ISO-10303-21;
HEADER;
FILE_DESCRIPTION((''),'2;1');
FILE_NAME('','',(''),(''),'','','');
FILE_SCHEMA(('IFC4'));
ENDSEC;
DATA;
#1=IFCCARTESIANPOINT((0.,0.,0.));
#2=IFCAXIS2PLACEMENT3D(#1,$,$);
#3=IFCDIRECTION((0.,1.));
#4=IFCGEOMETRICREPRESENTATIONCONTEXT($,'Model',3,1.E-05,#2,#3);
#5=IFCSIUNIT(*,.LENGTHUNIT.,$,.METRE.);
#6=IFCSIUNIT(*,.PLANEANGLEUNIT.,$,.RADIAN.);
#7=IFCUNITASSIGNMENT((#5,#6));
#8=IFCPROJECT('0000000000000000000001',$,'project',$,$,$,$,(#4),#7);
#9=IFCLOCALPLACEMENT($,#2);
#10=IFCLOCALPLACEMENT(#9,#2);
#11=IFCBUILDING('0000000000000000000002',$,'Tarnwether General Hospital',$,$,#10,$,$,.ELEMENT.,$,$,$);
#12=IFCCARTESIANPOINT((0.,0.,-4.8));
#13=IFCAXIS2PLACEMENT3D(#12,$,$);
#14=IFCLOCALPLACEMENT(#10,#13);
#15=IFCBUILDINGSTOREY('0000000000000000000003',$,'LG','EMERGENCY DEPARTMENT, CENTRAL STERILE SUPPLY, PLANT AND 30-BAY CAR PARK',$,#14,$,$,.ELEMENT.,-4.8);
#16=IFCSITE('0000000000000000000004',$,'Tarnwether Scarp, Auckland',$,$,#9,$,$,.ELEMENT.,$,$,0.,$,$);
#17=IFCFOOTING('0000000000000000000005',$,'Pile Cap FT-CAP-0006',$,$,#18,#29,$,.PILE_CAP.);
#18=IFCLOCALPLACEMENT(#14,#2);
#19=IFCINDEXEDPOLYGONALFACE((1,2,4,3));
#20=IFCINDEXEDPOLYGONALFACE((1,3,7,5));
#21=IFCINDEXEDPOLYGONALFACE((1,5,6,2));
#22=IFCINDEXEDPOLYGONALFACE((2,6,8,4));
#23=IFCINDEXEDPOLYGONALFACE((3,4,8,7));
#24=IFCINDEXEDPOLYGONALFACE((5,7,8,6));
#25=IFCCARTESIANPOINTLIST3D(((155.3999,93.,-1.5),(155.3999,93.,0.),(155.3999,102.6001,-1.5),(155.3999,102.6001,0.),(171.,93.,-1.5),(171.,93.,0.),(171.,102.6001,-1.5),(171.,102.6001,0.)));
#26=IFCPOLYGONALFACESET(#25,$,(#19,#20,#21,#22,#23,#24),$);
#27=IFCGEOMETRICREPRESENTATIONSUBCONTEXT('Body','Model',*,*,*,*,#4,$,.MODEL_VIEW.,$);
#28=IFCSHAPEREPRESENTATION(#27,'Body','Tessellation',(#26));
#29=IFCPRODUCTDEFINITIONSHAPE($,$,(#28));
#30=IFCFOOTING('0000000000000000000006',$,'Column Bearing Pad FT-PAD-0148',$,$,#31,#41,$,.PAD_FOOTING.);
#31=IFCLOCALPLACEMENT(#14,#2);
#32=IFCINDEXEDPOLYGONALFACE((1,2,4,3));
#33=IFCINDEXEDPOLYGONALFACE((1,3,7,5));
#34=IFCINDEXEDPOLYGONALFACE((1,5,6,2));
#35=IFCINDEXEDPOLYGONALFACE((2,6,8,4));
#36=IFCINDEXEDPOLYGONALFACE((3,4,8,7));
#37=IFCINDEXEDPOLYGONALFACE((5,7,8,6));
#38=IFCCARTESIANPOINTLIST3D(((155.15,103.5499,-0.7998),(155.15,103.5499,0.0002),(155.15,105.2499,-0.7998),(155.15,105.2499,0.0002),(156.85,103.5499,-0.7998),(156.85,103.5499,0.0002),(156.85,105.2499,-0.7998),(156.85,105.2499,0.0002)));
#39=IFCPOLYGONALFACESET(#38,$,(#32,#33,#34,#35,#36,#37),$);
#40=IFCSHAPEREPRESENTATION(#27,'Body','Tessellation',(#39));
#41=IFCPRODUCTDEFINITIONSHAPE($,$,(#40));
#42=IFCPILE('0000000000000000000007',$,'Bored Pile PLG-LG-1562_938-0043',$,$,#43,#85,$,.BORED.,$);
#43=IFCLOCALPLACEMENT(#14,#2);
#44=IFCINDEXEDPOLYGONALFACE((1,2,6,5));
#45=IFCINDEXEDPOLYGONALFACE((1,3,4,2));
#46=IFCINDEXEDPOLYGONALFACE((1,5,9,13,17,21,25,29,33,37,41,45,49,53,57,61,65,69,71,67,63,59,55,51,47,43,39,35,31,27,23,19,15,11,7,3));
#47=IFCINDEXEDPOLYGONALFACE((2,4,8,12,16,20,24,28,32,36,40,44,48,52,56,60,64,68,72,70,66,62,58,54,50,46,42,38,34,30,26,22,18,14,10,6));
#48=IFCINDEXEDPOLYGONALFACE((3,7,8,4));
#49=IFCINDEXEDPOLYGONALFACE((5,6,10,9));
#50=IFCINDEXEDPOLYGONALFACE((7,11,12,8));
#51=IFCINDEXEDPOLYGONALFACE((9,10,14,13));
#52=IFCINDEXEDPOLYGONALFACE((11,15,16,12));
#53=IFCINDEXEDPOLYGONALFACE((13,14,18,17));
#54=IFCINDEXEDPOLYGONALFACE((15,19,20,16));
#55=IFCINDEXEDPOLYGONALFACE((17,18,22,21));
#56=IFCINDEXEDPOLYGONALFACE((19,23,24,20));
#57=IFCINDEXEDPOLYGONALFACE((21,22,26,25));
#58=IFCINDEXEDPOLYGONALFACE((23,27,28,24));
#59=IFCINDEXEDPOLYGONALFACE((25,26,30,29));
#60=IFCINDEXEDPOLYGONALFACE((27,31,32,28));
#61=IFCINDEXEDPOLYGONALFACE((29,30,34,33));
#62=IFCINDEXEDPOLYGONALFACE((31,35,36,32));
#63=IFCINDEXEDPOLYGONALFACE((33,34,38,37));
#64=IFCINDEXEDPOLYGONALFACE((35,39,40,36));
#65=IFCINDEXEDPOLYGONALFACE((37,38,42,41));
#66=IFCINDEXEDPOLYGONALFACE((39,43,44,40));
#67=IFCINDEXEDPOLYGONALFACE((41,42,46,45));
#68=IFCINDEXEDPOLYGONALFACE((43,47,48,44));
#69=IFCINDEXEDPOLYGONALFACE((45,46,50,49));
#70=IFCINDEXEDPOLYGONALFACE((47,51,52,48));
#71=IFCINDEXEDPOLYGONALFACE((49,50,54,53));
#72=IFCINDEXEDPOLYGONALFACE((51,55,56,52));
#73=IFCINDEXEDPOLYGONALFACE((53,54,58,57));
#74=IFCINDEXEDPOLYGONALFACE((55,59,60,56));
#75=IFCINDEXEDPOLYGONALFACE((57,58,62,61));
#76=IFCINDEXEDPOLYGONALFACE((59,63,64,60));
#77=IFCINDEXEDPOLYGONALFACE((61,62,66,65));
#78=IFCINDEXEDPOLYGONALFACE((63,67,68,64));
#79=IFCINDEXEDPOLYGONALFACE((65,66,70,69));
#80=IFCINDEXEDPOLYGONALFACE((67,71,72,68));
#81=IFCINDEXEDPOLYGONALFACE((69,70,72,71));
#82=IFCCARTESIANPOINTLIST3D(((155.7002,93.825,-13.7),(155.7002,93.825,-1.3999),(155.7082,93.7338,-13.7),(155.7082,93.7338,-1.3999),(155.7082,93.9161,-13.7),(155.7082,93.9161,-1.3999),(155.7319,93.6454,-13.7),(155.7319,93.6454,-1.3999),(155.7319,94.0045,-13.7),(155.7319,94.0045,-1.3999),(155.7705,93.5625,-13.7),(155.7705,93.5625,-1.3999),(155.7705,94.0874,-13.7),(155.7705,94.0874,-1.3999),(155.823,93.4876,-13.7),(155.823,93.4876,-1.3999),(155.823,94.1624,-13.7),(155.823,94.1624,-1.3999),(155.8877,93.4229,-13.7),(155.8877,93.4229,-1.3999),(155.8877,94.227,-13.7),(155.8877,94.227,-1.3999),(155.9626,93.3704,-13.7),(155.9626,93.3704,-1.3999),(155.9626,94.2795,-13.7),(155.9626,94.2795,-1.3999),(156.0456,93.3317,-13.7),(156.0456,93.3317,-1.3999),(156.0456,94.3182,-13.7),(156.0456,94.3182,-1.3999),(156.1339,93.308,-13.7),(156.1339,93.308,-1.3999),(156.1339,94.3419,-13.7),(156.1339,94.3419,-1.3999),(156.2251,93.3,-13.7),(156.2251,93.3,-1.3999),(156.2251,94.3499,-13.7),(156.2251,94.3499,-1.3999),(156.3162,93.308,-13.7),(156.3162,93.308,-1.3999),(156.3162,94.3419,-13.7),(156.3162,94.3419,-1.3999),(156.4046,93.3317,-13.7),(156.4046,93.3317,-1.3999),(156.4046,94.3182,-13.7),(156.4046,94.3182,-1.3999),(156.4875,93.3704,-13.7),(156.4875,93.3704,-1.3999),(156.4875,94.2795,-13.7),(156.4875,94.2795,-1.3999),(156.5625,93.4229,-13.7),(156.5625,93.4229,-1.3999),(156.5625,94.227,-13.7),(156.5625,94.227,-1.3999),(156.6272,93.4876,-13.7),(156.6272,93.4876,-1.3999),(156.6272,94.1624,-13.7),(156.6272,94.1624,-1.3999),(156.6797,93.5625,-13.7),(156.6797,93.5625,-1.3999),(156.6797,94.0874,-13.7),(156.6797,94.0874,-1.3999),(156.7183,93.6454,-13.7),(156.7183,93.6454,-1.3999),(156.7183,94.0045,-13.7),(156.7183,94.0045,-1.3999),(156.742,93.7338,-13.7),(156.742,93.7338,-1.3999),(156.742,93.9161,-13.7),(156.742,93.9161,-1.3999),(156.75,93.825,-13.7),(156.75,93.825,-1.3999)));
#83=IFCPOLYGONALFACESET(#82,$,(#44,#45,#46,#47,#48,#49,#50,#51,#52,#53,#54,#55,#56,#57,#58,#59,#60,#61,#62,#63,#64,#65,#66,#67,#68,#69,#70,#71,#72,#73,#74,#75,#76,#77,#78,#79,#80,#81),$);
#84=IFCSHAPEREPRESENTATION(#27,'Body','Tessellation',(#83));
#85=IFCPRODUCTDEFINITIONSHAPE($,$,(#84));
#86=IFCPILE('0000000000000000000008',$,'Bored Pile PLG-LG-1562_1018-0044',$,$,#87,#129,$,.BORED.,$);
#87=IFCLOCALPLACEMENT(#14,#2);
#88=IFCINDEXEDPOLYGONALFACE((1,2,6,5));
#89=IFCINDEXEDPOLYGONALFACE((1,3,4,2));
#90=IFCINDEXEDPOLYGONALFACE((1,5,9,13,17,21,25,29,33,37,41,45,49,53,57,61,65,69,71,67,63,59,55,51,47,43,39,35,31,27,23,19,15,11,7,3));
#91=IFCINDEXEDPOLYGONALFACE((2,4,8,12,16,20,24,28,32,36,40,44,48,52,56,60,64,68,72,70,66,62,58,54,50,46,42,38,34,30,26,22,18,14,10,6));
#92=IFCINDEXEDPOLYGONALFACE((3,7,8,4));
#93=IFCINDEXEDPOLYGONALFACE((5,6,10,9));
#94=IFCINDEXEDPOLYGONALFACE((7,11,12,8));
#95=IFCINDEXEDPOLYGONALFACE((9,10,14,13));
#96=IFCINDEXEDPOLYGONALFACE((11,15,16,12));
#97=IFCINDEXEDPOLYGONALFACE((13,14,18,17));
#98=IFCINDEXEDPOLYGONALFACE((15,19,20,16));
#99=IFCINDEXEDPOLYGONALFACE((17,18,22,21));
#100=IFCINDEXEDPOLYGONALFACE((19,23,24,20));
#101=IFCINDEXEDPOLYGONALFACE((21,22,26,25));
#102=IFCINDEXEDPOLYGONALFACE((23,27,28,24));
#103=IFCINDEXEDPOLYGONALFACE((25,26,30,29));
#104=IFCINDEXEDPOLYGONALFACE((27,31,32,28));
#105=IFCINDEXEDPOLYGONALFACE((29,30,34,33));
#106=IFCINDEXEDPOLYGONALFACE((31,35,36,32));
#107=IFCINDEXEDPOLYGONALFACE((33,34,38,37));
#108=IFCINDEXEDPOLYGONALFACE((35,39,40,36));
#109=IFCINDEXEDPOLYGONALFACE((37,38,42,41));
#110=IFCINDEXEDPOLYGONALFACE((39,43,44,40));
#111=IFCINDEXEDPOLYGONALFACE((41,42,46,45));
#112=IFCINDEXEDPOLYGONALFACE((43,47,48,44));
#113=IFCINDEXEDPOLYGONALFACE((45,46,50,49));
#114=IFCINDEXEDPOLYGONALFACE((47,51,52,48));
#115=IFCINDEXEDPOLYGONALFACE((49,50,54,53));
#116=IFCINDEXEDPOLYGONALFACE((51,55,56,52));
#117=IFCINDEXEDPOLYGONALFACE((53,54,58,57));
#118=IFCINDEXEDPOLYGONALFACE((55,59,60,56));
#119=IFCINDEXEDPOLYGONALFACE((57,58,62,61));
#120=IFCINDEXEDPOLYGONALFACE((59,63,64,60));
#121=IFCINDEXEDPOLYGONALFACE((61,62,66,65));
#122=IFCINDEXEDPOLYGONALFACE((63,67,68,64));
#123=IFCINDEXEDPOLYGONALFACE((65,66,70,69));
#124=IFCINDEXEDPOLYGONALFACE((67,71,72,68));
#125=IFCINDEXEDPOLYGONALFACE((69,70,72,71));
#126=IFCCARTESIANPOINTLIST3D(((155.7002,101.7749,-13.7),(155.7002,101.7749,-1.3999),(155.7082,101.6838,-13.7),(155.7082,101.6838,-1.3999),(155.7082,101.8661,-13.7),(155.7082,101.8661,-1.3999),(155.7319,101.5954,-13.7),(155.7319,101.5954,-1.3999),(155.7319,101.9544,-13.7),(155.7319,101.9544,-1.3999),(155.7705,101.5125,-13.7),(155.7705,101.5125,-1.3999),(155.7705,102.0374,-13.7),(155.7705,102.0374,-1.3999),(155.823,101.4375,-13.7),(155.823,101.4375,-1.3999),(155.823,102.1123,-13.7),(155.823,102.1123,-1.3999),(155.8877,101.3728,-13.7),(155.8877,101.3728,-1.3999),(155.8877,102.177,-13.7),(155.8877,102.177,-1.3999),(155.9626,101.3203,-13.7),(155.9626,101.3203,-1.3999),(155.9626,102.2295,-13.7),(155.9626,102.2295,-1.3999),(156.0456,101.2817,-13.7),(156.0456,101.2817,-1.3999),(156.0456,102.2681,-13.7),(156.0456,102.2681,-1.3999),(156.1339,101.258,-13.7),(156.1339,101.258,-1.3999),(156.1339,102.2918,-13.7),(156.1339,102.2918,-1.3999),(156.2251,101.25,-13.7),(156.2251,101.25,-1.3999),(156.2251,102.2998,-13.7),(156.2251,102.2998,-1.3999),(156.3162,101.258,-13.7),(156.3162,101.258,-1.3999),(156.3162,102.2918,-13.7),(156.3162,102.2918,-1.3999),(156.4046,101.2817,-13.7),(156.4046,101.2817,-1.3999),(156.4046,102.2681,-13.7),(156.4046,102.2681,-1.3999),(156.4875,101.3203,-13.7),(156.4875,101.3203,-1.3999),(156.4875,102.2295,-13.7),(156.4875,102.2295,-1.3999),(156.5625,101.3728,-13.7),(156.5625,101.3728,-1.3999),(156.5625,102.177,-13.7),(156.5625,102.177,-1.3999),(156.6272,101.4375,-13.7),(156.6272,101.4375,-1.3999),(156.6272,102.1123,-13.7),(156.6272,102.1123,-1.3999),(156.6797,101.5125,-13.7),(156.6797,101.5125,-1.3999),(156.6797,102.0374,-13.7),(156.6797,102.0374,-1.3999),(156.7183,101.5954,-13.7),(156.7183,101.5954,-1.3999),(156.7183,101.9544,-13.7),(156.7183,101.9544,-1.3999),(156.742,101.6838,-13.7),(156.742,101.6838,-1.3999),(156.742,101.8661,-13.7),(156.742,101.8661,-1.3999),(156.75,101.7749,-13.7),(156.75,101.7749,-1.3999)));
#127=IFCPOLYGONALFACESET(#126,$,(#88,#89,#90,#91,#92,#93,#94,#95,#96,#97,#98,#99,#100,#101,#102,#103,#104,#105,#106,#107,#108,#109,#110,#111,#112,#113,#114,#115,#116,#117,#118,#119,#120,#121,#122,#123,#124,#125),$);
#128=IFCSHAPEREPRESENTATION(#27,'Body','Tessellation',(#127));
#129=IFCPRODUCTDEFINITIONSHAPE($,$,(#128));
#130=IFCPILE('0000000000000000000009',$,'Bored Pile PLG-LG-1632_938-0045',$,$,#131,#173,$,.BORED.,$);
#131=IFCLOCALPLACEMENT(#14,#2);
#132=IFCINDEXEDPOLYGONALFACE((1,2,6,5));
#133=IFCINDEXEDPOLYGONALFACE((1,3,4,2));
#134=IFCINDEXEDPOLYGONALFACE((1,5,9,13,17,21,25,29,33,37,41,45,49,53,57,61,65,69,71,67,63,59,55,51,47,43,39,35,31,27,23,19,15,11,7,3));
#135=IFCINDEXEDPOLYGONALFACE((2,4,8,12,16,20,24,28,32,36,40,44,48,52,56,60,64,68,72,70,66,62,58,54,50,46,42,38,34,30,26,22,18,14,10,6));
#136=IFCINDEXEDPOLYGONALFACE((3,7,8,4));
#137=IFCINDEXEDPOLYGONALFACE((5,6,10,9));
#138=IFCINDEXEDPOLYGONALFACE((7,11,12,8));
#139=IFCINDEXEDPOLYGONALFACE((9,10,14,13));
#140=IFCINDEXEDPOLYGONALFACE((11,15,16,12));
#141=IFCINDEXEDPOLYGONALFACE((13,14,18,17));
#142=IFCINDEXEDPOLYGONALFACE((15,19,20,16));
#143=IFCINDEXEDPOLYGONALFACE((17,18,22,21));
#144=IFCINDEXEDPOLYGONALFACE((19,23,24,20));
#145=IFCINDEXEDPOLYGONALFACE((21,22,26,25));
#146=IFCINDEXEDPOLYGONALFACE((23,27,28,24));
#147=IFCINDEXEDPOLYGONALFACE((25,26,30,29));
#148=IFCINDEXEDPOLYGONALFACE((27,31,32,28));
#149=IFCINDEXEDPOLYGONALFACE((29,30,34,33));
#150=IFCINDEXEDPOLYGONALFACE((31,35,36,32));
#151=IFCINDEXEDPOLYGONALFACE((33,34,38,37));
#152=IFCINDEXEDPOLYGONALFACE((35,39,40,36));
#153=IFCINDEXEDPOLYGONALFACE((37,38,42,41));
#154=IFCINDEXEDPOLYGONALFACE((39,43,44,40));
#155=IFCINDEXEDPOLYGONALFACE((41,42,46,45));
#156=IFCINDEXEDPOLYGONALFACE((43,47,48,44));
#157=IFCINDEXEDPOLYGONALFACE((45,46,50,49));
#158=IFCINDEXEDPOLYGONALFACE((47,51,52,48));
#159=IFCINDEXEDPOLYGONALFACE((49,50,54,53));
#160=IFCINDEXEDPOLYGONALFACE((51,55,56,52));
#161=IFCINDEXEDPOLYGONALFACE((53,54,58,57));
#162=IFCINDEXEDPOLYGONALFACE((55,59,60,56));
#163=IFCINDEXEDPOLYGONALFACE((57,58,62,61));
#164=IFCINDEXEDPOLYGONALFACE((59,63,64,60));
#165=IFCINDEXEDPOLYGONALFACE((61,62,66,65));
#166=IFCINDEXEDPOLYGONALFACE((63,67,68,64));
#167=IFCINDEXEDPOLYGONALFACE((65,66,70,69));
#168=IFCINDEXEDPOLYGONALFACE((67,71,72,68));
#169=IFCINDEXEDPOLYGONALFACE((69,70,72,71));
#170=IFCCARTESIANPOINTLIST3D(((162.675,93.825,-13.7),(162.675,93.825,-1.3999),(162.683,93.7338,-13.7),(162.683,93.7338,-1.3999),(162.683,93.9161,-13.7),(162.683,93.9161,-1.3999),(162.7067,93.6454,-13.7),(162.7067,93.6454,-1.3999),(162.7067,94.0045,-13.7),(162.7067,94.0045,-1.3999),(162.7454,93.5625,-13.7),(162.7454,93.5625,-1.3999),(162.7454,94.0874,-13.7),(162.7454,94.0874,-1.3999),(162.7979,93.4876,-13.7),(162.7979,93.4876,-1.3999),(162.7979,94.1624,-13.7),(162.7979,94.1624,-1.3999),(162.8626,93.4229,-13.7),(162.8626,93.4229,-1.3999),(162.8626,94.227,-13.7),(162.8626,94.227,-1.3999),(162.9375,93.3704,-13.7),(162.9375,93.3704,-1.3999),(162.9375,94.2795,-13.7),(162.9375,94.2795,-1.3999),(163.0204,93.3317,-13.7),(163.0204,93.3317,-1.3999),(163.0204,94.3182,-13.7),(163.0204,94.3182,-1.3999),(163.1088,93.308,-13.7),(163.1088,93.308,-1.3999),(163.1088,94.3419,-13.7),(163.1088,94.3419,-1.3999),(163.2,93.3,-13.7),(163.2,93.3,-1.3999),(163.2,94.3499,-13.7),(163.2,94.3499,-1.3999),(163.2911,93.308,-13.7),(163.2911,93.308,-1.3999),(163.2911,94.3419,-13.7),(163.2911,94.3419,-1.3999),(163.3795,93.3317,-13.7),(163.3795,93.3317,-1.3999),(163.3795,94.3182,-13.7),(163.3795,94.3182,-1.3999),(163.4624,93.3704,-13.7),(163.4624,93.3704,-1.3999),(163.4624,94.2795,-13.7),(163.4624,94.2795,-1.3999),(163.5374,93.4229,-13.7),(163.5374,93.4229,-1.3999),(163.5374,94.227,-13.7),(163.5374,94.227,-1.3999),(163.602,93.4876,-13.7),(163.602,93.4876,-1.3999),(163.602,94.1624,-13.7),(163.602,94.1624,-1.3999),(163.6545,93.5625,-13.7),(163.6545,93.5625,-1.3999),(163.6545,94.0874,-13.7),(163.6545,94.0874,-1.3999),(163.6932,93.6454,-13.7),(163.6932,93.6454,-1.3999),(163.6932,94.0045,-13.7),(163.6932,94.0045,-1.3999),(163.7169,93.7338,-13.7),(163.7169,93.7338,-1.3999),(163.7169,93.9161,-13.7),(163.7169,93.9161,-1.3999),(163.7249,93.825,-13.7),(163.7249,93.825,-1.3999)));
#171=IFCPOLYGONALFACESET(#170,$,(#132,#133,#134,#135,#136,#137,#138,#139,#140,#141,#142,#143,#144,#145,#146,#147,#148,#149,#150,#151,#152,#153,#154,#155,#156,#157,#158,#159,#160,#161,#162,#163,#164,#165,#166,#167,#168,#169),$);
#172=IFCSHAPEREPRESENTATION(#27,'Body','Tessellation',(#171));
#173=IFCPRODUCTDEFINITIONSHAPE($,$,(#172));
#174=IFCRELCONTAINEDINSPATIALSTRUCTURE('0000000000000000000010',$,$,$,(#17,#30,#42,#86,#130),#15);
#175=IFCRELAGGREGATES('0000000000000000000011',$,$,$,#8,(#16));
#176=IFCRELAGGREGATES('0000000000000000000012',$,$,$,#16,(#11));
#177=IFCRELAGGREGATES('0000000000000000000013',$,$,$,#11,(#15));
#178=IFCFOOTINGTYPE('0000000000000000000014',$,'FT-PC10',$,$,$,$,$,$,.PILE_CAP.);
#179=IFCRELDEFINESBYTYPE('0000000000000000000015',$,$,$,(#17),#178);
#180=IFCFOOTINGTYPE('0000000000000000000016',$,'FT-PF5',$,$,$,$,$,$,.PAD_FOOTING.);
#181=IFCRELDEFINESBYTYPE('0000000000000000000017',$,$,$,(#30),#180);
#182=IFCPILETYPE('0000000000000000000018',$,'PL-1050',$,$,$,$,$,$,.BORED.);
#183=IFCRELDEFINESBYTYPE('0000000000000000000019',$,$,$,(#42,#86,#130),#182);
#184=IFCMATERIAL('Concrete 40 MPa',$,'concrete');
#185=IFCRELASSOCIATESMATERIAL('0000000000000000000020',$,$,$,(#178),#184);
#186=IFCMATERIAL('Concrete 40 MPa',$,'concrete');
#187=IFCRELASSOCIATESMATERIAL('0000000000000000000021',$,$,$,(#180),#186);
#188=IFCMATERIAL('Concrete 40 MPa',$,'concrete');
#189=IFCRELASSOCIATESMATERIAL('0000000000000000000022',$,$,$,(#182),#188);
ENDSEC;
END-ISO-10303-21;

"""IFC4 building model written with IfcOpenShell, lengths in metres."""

from ifc_helpers import new_model, si_unit, direction, frame, origin, origin_2d, place, context, subcontext, project, spatial, rectangle, circle, extrude, material, material_profile, profile_set, type_object, element, save


model = new_model("IFC4")

# Units and contexts
model_context = context("Model", 3, precision=1e-05, world=origin(), true_north=direction((0.0, 1.0)))
body_context = subcontext(model_context, "Body", "Model", "MODEL_VIEW")
ifc_project = project(units=[si_unit("LENGTHUNIT", "METRE"), si_unit("PLANEANGLEUNIT", "RADIAN")], contexts=[model_context])

# Site, building, storey
site_placement = place(None, origin())
site = spatial("IfcSite", under=ifc_project, at=site_placement, Name="Tarnwether Scarp, Auckland", CompositionType="ELEMENT", RefElevation=0.0)
building_placement = place(site_placement, origin())
building = spatial("IfcBuilding", under=site, at=building_placement, Name="Tarnwether General Hospital", CompositionType="ELEMENT")
storey_placement = place(building_placement, frame((0.0, 0.0, -4.8)))
storey = spatial("IfcBuildingStorey", under=building, at=storey_placement, Name="LG", Description="EMERGENCY DEPARTMENT, CENTRAL STERILE SUPPLY, PLANT AND 30-BAY CAR PARK", CompositionType="ELEMENT", Elevation=-4.8)

# Footings
ifc_material_1 = material(Name="Concrete 40 MPa", Category="concrete")
footing_type_1 = type_object("IfcFootingType", Name="FT-PC10", PredefinedType="PILE_CAP", material=ifc_material_1)
footing_1_placement = place(storey_placement, frame((163.2, 97.8, -1.5), z_axis=(0.0, 0.0, 1.0), x_axis=(1.0, 0.0, 0.0)))
element("IfcFooting", 1, at=footing_1_placement, inside=storey, type_object=footing_type_1, Name="Pile Cap FT-CAP-0006", PredefinedType="PILE_CAP", context=body_context, shape_type="SweptSolid", body=[
    extrude(rectangle(XDim=15.6001, YDim=9.6001, at=origin_2d()), origin(), (0.0, 0.0, 1.0), 1.5),
])
ifc_material_2 = material(Name="Concrete 40 MPa", Category="concrete")
footing_type_2 = type_object("IfcFootingType", Name="FT-PF5", PredefinedType="PAD_FOOTING", material=ifc_material_2)
footing_2_placement = place(storey_placement, frame((156.0, 104.3999, -0.7998), z_axis=(0.0, 0.0, 1.0), x_axis=(1.0, 0.0, 0.0)))
element("IfcFooting", 2, at=footing_2_placement, inside=storey, type_object=footing_type_2, Name="Column Bearing Pad FT-PAD-0148", PredefinedType="PAD_FOOTING", context=body_context, shape_type="SweptSolid", body=[
    extrude(rectangle(XDim=1.7, YDim=1.7, at=origin_2d()), origin(), (0.0, 0.0, 1.0), 0.8),
])

# Piles
ifc_material_3 = material(Name="Concrete 40 MPa", Category="concrete")
ifc_material_profile_1 = material_profile(ifc_material_3, circle(Radius=0.5249, at=origin_2d()), Name="PILE-D1050")
ifc_profile_set_1 = profile_set([ifc_material_profile_1], Name="Concrete 40 MPa")
pile_type = type_object("IfcPileType", Name="PL-1050", PredefinedType="BORED", material=ifc_profile_set_1)
for number, where, z_axis, x_axis, name in (
    (3, (156.2251, 93.825, -1.3999), (0.0, 0.0, -1.0), (1.0, 0.0, 0.0), "Bored Pile PLG-LG-1562_938-0043"),
    (4, (156.2251, 101.7749, -1.3999), (0.0, 0.0, -1.0), (1.0, 0.0, 0.0), "Bored Pile PLG-LG-1562_1018-0044"),
    (5, (163.2, 93.825, -1.3999), (0.0, 0.0, -1.0), (1.0, 0.0, 0.0), "Bored Pile PLG-LG-1632_938-0045"),
):
    element("IfcPile", number, at=place(storey_placement, frame(where, z_axis=z_axis, x_axis=x_axis)), inside=storey, type_object=pile_type, Name=name, PredefinedType="BORED", context=body_context, shape_type="SweptSolid", body=[
        extrude(circle(Radius=0.5249, at=origin_2d()), origin(), (0.0, 0.0, 1.0), 12.3),
    ])

save(model, "model.ifc")
